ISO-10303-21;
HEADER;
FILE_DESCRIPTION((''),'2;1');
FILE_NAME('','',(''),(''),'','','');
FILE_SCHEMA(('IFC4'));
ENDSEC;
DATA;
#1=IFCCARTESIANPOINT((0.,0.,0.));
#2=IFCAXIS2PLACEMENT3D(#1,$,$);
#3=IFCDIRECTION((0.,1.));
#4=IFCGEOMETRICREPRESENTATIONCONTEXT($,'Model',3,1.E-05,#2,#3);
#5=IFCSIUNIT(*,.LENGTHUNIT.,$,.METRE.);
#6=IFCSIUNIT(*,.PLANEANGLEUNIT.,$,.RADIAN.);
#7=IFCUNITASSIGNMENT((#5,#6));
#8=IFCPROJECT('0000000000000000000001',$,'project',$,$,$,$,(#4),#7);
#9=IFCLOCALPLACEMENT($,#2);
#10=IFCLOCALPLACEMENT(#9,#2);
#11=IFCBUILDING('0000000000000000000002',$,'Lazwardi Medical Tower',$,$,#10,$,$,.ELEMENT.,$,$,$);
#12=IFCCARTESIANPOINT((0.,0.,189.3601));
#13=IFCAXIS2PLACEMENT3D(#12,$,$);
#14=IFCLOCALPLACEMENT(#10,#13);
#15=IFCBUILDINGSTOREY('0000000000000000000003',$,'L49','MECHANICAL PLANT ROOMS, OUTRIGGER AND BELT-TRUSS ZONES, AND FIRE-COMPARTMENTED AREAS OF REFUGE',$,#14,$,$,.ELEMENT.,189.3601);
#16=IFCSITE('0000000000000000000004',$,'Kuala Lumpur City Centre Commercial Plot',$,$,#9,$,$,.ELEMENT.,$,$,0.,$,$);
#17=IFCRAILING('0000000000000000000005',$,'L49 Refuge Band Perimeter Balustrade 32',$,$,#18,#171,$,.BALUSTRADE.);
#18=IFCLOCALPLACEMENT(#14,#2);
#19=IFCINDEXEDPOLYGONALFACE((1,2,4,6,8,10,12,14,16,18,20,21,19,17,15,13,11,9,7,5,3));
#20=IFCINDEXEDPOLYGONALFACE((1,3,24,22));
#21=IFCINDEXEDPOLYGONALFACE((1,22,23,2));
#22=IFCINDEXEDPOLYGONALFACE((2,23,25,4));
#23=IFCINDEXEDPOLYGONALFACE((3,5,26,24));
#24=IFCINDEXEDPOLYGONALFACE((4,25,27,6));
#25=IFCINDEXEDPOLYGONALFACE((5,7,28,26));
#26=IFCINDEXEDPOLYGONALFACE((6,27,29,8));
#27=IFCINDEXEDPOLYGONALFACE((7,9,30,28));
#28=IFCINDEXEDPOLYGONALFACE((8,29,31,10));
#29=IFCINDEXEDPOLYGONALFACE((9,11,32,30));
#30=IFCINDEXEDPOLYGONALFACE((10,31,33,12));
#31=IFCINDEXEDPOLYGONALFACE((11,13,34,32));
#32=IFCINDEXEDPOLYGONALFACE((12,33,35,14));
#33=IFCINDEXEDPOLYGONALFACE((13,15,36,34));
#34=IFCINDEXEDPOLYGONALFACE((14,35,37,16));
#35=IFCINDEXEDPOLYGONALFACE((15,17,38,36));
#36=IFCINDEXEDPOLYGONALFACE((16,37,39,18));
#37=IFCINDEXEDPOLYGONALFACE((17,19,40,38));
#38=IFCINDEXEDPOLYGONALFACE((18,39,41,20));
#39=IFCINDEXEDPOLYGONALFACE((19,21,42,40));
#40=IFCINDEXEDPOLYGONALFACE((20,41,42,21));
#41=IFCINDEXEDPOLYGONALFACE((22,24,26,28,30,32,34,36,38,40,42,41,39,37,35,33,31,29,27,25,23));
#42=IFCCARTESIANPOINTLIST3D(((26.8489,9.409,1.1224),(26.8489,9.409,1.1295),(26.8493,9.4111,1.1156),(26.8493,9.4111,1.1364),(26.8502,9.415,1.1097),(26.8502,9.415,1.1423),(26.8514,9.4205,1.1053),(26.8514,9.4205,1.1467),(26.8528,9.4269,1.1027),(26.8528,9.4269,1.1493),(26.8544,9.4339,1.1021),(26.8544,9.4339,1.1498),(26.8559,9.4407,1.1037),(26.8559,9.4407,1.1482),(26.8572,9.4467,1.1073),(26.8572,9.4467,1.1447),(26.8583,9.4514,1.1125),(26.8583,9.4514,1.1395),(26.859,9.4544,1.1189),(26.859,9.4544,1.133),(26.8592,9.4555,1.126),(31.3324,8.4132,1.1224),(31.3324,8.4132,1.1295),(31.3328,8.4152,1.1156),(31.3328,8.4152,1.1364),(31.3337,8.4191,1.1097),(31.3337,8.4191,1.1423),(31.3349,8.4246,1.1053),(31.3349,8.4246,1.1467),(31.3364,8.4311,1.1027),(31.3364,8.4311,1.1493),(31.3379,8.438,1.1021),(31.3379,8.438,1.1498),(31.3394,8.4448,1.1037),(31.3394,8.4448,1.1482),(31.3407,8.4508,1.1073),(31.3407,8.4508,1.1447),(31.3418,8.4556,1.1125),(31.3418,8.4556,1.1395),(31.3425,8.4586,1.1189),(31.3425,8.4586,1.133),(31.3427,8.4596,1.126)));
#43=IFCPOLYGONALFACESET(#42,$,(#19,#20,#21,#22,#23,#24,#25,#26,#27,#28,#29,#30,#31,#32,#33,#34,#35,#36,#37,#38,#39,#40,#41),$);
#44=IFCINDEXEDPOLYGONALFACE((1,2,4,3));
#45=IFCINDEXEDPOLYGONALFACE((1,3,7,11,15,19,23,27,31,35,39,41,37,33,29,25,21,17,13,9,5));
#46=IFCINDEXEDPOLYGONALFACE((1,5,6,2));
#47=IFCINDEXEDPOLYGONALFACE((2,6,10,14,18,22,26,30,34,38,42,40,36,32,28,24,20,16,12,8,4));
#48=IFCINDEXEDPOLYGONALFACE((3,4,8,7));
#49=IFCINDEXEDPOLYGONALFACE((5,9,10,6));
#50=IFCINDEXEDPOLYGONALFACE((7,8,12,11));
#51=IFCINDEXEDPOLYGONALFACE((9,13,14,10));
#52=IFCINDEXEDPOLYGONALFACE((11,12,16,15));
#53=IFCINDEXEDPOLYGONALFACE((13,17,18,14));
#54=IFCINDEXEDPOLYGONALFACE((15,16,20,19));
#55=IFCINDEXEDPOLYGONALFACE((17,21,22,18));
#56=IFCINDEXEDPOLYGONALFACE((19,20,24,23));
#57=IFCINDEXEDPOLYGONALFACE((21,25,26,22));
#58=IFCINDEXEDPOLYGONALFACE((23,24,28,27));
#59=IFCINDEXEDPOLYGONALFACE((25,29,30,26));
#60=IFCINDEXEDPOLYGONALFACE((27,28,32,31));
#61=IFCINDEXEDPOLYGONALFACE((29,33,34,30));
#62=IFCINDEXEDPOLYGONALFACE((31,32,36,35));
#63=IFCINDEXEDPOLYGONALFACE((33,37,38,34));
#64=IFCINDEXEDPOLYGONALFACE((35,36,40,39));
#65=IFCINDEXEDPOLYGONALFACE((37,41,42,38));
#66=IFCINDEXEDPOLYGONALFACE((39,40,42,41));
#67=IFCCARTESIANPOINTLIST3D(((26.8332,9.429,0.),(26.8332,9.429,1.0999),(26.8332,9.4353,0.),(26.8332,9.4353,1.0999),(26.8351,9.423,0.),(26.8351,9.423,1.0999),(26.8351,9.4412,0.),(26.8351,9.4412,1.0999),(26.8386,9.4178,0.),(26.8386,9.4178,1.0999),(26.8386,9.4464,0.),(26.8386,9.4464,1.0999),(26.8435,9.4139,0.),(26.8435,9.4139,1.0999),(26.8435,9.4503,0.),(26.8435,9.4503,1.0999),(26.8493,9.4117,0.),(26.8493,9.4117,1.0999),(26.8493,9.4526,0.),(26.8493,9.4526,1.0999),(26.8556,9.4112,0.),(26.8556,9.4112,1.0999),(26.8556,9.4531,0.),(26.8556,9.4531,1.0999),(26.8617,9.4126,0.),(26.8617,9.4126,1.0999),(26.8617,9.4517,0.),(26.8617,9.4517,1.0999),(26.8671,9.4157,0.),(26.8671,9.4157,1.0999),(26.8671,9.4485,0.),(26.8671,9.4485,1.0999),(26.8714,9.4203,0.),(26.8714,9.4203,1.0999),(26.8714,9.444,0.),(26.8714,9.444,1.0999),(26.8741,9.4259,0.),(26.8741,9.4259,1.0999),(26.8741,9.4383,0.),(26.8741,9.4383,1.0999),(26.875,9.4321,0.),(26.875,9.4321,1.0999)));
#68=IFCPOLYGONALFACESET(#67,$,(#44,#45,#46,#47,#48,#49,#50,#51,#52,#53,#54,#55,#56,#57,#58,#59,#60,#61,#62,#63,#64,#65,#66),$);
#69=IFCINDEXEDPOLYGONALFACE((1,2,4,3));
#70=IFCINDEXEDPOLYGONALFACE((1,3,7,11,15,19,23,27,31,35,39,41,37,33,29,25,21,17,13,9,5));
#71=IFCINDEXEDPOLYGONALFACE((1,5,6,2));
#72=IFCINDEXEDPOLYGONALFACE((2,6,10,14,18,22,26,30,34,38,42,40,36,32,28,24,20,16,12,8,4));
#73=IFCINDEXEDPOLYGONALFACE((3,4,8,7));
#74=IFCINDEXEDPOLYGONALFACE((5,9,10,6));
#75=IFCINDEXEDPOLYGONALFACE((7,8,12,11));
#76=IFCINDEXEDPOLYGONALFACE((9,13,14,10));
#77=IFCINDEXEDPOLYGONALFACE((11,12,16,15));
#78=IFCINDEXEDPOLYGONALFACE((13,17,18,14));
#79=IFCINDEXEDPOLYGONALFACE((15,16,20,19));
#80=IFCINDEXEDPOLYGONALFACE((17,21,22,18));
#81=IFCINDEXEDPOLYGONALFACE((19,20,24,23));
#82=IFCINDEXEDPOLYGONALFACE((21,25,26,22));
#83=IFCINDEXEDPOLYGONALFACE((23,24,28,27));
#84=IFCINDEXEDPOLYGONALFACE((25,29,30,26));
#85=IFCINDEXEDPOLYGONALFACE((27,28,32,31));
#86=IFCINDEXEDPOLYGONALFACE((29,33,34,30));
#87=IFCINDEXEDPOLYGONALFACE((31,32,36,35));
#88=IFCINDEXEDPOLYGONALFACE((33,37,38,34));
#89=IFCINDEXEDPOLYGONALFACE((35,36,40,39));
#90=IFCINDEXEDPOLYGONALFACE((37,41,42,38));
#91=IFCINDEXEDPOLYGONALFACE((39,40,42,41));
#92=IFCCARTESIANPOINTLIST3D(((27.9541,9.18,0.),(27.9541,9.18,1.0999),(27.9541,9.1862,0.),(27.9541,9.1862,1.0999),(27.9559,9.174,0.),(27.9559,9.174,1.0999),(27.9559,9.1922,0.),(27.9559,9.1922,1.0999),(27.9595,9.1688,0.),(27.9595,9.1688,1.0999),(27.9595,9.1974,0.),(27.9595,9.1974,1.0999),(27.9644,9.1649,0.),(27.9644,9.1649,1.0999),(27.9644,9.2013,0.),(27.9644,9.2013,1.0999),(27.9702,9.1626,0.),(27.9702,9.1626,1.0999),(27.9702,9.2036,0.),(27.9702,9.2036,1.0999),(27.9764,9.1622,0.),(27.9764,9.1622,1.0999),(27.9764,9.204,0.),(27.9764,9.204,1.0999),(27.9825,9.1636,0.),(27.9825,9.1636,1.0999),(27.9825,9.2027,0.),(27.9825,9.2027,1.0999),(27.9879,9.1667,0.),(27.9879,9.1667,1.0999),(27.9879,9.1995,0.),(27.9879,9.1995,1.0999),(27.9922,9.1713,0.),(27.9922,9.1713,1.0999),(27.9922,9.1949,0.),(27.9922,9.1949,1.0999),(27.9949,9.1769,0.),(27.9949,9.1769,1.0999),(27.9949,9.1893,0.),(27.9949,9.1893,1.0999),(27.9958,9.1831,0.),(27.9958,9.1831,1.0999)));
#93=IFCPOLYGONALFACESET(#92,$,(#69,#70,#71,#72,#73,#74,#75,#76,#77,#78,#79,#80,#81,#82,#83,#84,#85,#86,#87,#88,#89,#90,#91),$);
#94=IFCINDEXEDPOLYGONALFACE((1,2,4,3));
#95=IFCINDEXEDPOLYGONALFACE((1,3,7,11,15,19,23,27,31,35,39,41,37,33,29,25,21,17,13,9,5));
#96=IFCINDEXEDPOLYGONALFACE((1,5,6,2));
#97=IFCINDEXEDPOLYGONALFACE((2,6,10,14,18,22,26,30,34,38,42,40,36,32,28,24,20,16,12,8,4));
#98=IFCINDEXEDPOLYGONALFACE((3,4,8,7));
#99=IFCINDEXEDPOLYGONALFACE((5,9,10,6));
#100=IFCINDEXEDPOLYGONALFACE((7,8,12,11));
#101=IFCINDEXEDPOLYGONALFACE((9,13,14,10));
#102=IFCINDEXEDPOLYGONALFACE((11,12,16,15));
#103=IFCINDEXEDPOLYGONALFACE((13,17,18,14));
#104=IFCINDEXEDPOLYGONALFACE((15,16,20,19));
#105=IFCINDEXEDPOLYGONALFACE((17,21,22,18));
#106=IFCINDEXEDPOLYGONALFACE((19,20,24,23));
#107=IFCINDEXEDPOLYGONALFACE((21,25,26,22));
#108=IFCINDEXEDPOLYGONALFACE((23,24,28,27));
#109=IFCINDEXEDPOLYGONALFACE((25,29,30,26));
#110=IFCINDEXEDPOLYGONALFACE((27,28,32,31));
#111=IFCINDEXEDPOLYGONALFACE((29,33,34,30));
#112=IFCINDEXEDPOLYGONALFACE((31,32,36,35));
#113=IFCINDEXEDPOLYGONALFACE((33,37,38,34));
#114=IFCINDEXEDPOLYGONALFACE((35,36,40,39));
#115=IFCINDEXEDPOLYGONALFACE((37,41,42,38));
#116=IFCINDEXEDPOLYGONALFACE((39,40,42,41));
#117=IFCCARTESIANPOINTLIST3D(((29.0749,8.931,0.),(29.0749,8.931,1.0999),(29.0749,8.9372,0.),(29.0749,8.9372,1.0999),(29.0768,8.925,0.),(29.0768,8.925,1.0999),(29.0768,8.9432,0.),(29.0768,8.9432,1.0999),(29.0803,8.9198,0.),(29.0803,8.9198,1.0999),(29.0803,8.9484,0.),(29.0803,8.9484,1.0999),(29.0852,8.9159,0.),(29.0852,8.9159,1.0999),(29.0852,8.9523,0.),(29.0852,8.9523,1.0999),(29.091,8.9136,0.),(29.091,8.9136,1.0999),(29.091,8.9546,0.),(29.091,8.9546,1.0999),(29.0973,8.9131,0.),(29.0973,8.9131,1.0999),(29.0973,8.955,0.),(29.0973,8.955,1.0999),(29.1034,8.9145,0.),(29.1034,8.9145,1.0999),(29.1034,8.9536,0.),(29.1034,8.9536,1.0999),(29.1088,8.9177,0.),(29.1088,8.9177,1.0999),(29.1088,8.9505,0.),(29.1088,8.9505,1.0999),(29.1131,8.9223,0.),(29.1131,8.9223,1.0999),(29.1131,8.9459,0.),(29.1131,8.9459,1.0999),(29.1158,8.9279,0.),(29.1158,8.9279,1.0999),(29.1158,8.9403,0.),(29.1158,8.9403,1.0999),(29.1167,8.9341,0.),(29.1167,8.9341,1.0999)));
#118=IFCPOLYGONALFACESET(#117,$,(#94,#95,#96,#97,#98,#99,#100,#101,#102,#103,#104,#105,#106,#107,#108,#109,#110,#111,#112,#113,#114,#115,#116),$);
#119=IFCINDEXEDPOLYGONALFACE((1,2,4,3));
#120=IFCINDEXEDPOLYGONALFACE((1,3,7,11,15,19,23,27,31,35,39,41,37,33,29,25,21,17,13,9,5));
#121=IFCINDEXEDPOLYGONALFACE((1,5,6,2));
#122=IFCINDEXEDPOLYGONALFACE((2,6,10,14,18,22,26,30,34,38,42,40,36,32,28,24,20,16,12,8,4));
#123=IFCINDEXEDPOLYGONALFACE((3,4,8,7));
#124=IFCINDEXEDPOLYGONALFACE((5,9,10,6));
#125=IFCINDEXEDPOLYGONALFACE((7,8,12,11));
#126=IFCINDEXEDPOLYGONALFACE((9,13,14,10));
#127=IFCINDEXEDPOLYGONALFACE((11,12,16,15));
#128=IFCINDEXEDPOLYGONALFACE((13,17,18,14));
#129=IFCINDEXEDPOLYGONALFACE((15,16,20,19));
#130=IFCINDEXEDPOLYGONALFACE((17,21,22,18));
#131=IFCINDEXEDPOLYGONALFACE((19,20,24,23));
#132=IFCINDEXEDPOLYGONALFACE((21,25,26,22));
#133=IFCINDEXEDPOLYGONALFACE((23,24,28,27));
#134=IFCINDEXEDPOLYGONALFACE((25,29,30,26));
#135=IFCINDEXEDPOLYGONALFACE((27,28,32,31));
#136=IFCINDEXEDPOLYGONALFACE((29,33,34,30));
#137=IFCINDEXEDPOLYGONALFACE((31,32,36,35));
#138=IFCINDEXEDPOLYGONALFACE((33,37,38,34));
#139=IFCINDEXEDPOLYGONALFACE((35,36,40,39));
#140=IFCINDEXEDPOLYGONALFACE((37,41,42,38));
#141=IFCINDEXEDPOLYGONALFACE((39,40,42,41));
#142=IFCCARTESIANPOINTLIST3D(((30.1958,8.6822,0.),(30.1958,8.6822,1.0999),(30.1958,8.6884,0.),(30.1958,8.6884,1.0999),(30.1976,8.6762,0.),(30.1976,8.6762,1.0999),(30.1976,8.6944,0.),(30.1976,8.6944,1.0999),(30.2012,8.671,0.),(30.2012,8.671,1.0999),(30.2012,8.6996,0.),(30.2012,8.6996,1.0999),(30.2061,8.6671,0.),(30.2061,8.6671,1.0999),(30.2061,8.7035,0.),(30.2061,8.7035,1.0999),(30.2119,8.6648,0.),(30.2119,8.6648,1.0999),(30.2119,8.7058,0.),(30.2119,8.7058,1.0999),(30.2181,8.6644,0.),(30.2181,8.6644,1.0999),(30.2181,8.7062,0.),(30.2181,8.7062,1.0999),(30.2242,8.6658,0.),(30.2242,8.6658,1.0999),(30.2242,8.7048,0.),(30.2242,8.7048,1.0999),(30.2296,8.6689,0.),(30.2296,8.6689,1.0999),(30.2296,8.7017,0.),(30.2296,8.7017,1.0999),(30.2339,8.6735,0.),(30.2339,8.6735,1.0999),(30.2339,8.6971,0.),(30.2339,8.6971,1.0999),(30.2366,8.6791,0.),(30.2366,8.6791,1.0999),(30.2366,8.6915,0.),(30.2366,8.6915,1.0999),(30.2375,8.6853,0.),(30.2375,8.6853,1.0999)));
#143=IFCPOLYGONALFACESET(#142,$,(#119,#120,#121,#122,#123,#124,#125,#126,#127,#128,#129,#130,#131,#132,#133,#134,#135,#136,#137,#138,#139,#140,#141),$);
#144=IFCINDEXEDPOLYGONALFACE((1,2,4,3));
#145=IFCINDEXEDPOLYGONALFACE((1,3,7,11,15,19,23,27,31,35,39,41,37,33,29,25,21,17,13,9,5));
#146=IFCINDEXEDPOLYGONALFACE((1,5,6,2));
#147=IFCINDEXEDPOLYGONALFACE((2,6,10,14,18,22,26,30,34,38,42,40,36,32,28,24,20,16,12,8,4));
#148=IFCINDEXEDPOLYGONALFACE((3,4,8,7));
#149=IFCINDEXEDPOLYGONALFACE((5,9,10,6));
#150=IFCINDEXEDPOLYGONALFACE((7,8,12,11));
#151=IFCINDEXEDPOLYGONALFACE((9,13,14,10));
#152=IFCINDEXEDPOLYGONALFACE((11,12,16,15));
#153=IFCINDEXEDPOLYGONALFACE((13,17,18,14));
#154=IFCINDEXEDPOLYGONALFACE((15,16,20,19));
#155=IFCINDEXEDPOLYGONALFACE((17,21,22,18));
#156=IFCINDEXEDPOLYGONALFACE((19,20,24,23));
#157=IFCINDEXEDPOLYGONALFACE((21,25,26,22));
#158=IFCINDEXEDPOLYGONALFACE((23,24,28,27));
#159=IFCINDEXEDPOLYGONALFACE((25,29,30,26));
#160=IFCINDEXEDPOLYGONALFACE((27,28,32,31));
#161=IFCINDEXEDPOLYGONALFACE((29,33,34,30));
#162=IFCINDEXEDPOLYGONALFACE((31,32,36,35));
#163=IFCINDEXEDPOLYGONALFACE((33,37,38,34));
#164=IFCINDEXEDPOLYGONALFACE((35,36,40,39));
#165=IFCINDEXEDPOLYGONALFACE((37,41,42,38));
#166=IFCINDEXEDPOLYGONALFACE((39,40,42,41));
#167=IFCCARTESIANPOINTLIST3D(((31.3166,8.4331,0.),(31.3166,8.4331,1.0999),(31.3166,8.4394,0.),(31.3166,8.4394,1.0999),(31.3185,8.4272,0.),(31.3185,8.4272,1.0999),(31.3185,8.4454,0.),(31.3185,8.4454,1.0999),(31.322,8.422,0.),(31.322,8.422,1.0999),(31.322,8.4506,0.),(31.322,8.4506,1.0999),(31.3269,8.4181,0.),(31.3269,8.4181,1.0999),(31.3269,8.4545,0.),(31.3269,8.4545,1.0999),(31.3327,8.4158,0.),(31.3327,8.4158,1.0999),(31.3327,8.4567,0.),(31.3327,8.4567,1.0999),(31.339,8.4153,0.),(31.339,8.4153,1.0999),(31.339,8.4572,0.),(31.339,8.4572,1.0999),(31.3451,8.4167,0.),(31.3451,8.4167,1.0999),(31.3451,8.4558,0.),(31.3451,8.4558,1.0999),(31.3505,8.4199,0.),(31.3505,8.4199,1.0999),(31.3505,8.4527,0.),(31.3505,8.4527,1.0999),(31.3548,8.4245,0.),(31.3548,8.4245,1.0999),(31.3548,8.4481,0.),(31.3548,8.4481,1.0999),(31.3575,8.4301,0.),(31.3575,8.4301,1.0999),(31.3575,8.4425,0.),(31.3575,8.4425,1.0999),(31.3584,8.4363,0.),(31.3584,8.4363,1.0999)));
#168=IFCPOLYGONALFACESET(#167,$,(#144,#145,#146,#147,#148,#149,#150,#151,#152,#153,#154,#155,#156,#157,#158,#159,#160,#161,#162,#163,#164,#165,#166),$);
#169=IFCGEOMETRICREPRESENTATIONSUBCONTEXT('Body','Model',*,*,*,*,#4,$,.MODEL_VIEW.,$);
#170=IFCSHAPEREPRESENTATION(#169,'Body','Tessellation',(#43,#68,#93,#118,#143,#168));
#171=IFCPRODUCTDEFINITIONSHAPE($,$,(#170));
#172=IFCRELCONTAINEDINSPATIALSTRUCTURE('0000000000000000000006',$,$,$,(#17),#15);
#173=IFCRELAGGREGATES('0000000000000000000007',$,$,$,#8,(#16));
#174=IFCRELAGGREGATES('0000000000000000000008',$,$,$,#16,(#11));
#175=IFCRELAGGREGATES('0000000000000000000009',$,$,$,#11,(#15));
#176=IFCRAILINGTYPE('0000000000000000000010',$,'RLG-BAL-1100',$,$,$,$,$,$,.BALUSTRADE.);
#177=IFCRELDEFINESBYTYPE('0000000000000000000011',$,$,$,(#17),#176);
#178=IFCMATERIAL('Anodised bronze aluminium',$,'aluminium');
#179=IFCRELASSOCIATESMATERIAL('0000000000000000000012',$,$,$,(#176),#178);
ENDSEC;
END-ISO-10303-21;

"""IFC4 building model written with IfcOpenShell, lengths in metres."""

from ifc_helpers import new_model, si_unit, direction, frame, origin, origin_2d, place, context, subcontext, project, spatial, circle, extrude, material, type_object, element, save


model = new_model("IFC4")

# Units and contexts
model_context = context("Model", 3, precision=1e-05, world=origin(), true_north=direction((0.0, 1.0)))
body_context = subcontext(model_context, "Body", "Model", "MODEL_VIEW")
ifc_project = project(units=[si_unit("LENGTHUNIT", "METRE"), si_unit("PLANEANGLEUNIT", "RADIAN")], contexts=[model_context])

# Site, building, storey
site_placement = place(None, origin())
site = spatial("IfcSite", under=ifc_project, at=site_placement, Name="Kuala Lumpur City Centre Commercial Plot", CompositionType="ELEMENT", RefElevation=0.0)
building_placement = place(site_placement, origin())
building = spatial("IfcBuilding", under=site, at=building_placement, Name="Lazwardi Medical Tower", CompositionType="ELEMENT")
storey_placement = place(building_placement, frame((0.0, 0.0, 189.3601)))
storey = spatial("IfcBuildingStorey", under=building, at=storey_placement, Name="L49", Description="MECHANICAL PLANT ROOMS, OUTRIGGER AND BELT-TRUSS ZONES, AND FIRE-COMPARTMENTED AREAS OF REFUGE", CompositionType="ELEMENT", Elevation=189.3601)

# Railing
ifc_material_1 = material(Name="Anodised bronze aluminium", Category="aluminium")
railing_type = type_object("IfcRailingType", Name="RLG-BAL-1100", PredefinedType="BALUSTRADE", material=ifc_material_1)
railing_1_placement = place(storey_placement, frame((26.854, 9.4321, 0.0)))
element("IfcRailing", 1, at=railing_1_placement, inside=storey, type_object=railing_type, Name="L49 Refuge Band Perimeter Balustrade 32", PredefinedType="BALUSTRADE", context=body_context, shape_type="SweptSolid", body=[
    extrude(circle(Radius=0.0239, at=origin_2d()), frame((0.0, 0.0, 1.126), z_axis=(0.976208, -0.216835, 0.0), x_axis=(0.216835, 0.976208, 0.0)), (0.0, 0.0, 1.0), 4.5928),
    extrude(circle(Radius=0.021, at=origin_2d()), origin(), (0.0, 0.0, 1.0), 1.0999),
    extrude(circle(Radius=0.021, at=origin_2d()), frame((1.1208, -0.249, 0.0)), (0.0, 0.0, 1.0), 1.0999),
    extrude(circle(Radius=0.021, at=origin_2d()), frame((2.2417, -0.498, 0.0)), (0.0, 0.0, 1.0), 1.0999),
    extrude(circle(Radius=0.021, at=origin_2d()), frame((3.3625, -0.7468, 0.0)), (0.0, 0.0, 1.0), 1.0999),
    extrude(circle(Radius=0.021, at=origin_2d()), frame((4.4834, -0.9958, 0.0)), (0.0, 0.0, 1.0), 1.0999),
])

save(model, "model.ifc")
